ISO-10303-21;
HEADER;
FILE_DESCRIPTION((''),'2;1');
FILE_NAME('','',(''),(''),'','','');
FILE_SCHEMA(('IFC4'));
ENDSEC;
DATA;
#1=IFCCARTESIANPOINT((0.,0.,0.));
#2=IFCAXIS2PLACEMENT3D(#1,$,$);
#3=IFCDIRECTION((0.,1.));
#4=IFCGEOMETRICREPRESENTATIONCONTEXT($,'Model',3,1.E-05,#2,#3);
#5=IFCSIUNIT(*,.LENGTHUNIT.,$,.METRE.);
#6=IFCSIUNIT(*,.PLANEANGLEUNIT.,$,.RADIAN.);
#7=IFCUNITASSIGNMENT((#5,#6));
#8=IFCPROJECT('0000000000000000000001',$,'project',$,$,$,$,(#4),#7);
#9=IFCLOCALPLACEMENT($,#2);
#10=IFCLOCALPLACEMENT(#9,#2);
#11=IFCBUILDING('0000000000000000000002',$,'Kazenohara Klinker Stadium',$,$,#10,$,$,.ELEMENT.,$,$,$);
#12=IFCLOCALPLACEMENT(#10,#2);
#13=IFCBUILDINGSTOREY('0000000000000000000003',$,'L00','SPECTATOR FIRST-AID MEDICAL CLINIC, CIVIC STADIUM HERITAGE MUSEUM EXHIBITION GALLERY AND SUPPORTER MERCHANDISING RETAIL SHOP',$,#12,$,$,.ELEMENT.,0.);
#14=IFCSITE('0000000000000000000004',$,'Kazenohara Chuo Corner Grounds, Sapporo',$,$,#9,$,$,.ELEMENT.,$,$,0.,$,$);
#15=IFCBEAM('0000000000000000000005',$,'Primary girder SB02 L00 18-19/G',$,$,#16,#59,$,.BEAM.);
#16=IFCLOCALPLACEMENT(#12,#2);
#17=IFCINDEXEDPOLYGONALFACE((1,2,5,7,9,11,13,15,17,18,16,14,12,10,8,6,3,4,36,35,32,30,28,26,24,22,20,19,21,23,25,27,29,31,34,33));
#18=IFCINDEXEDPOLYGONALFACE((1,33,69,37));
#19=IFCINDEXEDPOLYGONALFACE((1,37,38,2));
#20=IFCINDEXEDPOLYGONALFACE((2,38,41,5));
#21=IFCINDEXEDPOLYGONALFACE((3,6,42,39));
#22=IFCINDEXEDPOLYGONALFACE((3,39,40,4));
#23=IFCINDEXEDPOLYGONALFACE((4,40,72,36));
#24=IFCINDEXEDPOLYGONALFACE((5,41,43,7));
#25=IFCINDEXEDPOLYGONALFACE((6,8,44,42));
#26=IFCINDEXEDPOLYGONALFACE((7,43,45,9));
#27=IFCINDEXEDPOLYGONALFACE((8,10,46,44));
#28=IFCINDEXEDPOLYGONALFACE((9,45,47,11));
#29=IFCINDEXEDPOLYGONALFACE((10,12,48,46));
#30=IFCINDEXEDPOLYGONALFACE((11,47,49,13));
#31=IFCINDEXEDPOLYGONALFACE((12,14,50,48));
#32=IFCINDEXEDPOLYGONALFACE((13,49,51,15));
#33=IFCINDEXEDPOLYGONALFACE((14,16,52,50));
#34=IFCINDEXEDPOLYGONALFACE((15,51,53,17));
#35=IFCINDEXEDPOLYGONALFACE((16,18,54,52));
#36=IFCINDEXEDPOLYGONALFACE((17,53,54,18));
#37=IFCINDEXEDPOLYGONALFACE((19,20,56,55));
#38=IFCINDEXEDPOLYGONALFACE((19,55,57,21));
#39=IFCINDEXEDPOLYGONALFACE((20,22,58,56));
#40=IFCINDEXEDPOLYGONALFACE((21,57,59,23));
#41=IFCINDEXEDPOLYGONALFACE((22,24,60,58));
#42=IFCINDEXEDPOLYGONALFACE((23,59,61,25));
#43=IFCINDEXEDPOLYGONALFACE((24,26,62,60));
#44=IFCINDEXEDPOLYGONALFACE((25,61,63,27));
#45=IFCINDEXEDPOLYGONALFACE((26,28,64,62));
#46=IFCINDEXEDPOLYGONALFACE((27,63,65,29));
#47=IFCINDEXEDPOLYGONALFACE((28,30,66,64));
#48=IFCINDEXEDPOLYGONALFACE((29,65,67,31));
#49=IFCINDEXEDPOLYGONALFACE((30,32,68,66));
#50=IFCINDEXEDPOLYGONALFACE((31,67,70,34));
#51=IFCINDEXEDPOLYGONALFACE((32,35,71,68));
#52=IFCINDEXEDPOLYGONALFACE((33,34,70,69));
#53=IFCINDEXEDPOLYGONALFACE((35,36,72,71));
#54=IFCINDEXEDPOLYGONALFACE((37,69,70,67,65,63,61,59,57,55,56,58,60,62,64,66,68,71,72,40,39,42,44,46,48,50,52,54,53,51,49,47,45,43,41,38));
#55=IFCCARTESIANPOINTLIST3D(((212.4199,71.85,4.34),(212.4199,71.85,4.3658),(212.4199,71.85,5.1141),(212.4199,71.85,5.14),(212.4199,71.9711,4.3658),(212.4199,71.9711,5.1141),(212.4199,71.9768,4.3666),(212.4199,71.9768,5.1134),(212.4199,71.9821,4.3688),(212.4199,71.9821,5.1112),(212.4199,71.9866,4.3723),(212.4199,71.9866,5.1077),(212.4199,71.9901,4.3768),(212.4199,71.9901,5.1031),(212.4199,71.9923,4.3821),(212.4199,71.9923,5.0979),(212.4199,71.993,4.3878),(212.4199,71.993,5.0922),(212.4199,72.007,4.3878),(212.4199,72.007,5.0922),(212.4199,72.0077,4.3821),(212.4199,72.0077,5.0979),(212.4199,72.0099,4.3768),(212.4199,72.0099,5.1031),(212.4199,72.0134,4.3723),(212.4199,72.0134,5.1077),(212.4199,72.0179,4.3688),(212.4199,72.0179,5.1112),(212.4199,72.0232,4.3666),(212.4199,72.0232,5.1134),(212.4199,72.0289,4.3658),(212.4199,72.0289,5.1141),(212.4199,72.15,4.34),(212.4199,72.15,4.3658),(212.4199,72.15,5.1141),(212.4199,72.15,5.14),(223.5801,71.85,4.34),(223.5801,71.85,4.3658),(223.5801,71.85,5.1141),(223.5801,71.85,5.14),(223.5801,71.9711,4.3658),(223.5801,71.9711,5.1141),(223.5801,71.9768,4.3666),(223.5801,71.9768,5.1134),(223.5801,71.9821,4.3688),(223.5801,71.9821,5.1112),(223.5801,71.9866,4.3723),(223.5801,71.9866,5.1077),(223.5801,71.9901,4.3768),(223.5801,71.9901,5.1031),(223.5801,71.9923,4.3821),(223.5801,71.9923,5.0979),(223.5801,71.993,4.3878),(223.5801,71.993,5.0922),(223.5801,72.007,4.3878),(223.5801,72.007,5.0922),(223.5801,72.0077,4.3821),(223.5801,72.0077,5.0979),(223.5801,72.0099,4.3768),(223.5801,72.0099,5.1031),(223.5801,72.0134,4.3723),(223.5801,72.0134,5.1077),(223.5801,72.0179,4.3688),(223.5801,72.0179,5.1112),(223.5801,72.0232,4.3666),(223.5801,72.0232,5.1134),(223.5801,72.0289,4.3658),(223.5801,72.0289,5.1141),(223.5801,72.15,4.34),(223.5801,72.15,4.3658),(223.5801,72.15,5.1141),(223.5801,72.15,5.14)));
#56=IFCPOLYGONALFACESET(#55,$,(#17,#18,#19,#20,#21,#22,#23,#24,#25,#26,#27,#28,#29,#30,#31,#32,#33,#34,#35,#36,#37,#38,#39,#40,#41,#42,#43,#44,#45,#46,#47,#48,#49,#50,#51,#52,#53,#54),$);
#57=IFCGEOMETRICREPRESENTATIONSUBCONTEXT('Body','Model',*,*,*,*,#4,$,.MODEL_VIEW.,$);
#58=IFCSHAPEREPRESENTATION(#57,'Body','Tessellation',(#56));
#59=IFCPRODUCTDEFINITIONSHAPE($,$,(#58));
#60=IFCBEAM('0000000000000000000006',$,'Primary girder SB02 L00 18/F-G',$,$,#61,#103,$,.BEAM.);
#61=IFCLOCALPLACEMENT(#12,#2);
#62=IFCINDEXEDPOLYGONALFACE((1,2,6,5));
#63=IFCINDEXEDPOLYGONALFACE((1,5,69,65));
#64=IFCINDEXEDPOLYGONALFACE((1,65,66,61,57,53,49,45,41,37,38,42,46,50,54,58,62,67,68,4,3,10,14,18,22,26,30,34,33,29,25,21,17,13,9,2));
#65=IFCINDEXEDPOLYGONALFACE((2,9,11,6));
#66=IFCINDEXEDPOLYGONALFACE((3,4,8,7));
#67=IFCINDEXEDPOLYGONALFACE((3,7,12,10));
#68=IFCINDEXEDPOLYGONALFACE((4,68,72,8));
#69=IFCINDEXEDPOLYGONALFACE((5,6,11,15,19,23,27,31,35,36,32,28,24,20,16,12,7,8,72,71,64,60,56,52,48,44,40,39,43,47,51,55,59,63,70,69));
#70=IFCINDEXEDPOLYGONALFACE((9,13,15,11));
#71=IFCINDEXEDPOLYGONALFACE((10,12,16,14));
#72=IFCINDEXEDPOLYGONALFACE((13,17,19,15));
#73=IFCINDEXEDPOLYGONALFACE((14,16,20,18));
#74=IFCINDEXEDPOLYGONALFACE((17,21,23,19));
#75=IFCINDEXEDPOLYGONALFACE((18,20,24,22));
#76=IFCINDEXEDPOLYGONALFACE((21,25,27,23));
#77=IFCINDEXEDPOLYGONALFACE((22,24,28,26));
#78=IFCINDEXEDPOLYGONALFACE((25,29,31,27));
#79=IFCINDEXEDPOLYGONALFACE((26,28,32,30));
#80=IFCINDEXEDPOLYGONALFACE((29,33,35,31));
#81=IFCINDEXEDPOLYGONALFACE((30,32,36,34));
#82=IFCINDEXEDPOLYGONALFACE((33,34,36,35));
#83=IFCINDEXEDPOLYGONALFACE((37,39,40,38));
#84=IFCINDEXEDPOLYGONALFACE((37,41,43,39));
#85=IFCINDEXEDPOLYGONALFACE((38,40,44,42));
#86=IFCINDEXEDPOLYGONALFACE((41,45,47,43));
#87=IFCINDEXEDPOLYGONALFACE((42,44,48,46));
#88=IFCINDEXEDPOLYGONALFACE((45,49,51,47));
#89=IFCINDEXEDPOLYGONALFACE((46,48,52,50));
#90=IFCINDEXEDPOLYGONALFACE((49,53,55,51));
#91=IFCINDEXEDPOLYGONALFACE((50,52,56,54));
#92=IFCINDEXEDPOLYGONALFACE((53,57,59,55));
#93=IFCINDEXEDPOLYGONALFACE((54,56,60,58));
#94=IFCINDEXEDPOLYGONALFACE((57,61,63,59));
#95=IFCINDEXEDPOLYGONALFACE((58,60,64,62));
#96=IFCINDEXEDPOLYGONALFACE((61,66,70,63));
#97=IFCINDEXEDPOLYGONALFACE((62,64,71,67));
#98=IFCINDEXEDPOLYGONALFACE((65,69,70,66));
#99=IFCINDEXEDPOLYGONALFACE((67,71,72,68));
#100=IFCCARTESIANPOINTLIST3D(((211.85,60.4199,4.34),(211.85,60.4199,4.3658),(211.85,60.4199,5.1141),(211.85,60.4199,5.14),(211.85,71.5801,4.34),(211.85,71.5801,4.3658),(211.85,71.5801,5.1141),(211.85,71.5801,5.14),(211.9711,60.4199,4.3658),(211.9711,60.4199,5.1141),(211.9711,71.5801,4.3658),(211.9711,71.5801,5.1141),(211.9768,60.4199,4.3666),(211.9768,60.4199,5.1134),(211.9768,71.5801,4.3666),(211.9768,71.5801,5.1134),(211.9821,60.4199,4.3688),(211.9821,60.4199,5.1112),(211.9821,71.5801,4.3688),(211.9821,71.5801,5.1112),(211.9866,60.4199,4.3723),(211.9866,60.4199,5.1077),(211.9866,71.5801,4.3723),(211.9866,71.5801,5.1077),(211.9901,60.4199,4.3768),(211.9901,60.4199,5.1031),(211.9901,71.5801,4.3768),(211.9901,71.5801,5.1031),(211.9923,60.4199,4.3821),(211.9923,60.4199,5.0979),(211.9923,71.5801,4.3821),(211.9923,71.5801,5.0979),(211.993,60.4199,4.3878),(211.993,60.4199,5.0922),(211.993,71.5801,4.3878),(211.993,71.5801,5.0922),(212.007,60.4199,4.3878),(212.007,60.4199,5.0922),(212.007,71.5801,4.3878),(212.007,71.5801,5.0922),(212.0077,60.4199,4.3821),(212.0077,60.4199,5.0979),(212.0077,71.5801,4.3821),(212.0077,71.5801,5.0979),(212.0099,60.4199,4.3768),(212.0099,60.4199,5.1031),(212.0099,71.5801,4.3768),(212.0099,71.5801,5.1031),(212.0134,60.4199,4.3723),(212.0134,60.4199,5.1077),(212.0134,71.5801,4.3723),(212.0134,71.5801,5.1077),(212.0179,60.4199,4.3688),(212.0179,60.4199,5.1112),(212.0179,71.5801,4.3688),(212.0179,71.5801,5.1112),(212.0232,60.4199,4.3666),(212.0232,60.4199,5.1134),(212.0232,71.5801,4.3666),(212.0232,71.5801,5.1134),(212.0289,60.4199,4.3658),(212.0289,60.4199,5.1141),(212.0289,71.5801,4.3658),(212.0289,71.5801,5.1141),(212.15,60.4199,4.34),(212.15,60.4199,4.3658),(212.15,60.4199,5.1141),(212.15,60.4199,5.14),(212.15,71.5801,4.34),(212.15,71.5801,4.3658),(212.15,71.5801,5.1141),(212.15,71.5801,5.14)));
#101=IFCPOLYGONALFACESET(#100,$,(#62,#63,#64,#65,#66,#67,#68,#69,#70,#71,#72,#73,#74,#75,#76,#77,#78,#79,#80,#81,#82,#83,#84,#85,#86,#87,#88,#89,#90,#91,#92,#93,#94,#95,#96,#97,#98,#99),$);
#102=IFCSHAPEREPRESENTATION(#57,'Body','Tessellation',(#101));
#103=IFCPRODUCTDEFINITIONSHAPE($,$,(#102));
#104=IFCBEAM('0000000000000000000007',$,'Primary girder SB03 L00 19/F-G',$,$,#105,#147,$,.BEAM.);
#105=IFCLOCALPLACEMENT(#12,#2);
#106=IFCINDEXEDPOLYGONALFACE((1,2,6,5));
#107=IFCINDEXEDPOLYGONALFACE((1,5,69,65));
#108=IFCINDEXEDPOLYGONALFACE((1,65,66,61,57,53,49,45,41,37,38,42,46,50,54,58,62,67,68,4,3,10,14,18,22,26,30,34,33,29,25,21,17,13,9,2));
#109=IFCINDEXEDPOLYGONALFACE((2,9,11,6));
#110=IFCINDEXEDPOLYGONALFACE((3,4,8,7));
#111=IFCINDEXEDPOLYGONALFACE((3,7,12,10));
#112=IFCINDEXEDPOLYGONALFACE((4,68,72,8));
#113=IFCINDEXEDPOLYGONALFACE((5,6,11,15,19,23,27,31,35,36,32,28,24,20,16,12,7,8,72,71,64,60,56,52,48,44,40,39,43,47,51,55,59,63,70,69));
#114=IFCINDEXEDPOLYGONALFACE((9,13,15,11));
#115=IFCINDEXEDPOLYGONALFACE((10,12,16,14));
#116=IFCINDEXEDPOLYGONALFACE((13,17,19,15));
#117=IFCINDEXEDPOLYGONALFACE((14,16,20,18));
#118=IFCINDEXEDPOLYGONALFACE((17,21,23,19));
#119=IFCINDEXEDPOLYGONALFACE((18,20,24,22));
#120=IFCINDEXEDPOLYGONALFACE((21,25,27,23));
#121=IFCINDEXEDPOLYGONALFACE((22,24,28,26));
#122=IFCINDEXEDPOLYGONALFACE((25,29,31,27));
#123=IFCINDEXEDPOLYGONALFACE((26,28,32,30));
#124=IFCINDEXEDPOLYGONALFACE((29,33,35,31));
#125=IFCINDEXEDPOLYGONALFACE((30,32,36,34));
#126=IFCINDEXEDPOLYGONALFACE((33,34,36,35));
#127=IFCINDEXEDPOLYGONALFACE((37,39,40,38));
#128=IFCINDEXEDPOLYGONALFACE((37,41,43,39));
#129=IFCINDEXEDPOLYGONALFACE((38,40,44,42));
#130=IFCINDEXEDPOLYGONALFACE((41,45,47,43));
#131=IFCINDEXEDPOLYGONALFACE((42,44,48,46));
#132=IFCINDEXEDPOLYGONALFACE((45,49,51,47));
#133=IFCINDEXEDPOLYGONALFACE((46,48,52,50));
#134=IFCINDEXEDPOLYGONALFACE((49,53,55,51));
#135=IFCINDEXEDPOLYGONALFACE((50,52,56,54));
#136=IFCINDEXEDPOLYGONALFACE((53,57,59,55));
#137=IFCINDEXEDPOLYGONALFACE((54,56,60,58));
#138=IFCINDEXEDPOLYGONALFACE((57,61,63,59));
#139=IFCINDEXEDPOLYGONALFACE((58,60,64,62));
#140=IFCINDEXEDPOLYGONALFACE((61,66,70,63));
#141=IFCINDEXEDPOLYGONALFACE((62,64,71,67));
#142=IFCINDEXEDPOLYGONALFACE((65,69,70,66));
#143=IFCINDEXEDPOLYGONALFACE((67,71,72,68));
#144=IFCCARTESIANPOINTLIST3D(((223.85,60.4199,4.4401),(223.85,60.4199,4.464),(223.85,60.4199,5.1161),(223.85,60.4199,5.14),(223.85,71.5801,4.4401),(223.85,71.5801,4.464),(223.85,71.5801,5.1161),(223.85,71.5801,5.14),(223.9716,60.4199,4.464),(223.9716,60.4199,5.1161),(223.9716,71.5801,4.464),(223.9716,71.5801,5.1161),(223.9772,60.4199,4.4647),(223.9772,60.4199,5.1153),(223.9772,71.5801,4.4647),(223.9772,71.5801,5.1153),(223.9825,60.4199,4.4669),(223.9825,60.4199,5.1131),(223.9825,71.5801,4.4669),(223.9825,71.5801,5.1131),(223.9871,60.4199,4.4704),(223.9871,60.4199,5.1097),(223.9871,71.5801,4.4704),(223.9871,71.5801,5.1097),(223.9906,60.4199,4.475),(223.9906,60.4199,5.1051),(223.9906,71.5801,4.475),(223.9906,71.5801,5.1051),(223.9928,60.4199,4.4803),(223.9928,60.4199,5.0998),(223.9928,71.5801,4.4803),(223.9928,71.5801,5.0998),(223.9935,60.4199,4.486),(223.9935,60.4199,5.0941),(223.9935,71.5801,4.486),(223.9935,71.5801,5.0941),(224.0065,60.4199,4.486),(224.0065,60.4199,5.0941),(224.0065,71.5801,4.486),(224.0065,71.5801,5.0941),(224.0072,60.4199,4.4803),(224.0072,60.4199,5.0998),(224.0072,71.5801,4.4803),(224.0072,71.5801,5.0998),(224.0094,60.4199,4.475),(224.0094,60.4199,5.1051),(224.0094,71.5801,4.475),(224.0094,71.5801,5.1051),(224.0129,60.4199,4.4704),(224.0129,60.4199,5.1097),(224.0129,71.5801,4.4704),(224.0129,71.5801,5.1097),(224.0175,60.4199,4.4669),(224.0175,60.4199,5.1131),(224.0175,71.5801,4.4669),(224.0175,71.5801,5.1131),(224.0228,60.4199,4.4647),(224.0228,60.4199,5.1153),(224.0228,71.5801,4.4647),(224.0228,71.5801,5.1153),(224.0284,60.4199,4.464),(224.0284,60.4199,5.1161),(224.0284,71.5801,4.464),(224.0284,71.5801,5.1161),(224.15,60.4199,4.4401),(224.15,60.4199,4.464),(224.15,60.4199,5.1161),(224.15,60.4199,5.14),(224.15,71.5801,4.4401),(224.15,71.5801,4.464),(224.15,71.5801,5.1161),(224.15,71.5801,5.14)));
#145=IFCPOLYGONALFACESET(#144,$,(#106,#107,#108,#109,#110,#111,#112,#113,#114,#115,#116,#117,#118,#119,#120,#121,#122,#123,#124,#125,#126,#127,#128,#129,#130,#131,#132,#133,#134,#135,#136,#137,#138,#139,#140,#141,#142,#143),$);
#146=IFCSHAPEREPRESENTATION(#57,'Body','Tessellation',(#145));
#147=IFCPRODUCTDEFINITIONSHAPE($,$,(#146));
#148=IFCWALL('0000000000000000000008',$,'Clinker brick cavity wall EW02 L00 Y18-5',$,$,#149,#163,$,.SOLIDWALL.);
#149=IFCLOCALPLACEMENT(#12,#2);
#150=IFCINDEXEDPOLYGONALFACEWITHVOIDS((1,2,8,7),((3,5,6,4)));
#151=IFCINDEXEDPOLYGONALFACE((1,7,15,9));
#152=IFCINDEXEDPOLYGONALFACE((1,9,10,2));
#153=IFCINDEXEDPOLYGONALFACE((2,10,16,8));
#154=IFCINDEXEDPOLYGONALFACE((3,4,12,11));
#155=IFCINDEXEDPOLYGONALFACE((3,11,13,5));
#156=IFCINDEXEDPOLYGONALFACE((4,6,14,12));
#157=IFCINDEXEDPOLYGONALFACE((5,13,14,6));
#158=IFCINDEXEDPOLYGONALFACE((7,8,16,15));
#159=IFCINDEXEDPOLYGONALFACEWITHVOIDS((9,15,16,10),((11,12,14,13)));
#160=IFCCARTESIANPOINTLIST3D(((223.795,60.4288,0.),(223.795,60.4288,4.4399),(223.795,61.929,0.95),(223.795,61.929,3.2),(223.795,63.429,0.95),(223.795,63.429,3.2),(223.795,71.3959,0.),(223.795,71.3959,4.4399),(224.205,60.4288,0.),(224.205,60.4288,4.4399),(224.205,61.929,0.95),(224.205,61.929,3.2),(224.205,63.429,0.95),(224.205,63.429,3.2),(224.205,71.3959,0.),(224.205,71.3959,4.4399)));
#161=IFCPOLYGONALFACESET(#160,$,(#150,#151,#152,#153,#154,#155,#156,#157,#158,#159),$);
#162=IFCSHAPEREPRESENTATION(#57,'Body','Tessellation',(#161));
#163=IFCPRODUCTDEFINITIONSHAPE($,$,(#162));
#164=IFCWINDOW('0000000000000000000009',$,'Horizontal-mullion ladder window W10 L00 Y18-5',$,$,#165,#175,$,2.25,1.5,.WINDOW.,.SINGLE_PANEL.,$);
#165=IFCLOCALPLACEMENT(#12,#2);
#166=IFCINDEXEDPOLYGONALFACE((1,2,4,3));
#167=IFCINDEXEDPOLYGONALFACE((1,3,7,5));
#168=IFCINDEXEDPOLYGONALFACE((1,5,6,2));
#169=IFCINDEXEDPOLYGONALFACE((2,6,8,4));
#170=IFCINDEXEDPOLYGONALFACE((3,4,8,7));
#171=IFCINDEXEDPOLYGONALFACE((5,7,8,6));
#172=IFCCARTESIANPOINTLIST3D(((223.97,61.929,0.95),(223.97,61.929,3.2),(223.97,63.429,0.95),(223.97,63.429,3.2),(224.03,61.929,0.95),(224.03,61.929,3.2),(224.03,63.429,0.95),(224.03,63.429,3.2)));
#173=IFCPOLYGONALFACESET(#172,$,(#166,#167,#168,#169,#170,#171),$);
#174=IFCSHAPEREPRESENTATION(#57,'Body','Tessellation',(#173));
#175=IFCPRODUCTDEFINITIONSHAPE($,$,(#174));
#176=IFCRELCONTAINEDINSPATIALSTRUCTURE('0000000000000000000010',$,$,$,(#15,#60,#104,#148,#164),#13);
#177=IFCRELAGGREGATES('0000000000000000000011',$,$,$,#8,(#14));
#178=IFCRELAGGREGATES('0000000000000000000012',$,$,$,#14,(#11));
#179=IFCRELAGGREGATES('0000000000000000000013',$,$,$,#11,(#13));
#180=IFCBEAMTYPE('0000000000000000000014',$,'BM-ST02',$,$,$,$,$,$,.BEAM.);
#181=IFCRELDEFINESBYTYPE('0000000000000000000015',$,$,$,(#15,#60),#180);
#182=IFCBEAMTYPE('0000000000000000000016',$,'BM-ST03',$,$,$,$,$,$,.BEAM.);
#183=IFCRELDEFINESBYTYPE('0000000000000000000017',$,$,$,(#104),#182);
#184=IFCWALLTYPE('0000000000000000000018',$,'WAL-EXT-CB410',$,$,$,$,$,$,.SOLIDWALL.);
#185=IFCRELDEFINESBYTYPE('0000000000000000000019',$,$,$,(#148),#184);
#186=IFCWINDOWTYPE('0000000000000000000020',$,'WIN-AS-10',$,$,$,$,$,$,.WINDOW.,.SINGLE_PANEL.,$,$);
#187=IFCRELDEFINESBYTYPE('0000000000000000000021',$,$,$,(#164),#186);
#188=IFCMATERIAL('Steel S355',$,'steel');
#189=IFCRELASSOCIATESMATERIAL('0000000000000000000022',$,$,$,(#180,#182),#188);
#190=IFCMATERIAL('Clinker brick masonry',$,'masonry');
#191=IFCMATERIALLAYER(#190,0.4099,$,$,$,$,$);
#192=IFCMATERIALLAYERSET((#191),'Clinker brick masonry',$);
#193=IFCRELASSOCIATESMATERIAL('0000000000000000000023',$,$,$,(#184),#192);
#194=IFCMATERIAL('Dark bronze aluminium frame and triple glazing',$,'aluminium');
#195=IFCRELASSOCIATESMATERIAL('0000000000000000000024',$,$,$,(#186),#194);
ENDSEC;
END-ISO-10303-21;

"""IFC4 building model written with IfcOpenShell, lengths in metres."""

from ifc_helpers import new_model, si_unit, direction, frame, frame_2d, origin, origin_2d, place, context, subcontext, project, spatial, rectangle, i_section, extrude, material, layer, layer_set, material_profile, profile_set, type_object, element, fill, save


model = new_model("IFC4")

# Units and contexts
model_context = context("Model", 3, precision=1e-05, world=origin(), true_north=direction((0.0, 1.0)))
body_context = subcontext(model_context, "Body", "Model", "MODEL_VIEW")
ifc_project = project(units=[si_unit("LENGTHUNIT", "METRE"), si_unit("PLANEANGLEUNIT", "RADIAN")], contexts=[model_context])

# Site, building, storey
site_placement = place(None, origin())
site = spatial("IfcSite", under=ifc_project, at=site_placement, Name="Kazenohara Chuo Corner Grounds, Sapporo", CompositionType="ELEMENT", RefElevation=0.0)
building_placement = place(site_placement, origin())
building = spatial("IfcBuilding", under=site, at=building_placement, Name="Kazenohara Klinker Stadium", CompositionType="ELEMENT")
storey_placement = place(building_placement, origin())
storey = spatial("IfcBuildingStorey", under=building, at=storey_placement, Name="L00", Description="SPECTATOR FIRST-AID MEDICAL CLINIC, CIVIC STADIUM HERITAGE MUSEUM EXHIBITION GALLERY AND SUPPORTER MERCHANDISING RETAIL SHOP", CompositionType="ELEMENT", Elevation=0.0)

# Beams
ifc_material_1 = material(Name="Steel S355", Category="steel")
ifc_material_profile_1 = material_profile(ifc_material_1, i_section(OverallWidth=0.3, OverallDepth=0.8, WebThickness=0.0139, FlangeThickness=0.0259, FilletRadius=0.022, at=origin_2d()), Name="H-800x300x14x26")
ifc_profile_set_1 = profile_set([ifc_material_profile_1], Name="Steel S355")
beam_type_1 = type_object("IfcBeamType", Name="BM-ST02", PredefinedType="BEAM", material=ifc_profile_set_1)
for number, where, z_axis, x_axis, name in (
    (1, (212.4199, 72.0, 4.74), (1.0, 0.0, 0.0), (0.0, 1.0, 0.0), "Primary girder SB02 L00 18-19/G"),
    (2, (212.0, 60.4199, 4.74), (0.0, 1.0, 0.0), (-1.0, 0.0, 0.0), "Primary girder SB02 L00 18/F-G"),
):
    element("IfcBeam", number, at=place(storey_placement, frame(where, z_axis=z_axis, x_axis=x_axis)), inside=storey, type_object=beam_type_1, Name=name, PredefinedType="BEAM", context=body_context, shape_type="SweptSolid", body=[
        extrude(i_section(OverallWidth=0.3, OverallDepth=0.8, WebThickness=0.0139, FlangeThickness=0.0259, FilletRadius=0.022, at=origin_2d()), origin(), (0.0, 0.0, 1.0), 11.1602),
    ])
ifc_material_profile_2 = material_profile(ifc_material_1, i_section(OverallWidth=0.3, OverallDepth=0.7, WebThickness=0.0129, FlangeThickness=0.0239, FilletRadius=0.022, at=origin_2d()), Name="H-700x300x13x24")
ifc_profile_set_2 = profile_set([ifc_material_profile_2], Name="Steel S355")
beam_type_2 = type_object("IfcBeamType", Name="BM-ST03", PredefinedType="BEAM", material=ifc_profile_set_2)
beam_1_placement = place(storey_placement, frame((224.0, 60.4199, 4.79), z_axis=(0.0, 1.0, 0.0), x_axis=(-1.0, 0.0, 0.0)))
element("IfcBeam", 3, at=beam_1_placement, inside=storey, type_object=beam_type_2, Name="Primary girder SB03 L00 19/F-G", PredefinedType="BEAM", context=body_context, shape_type="SweptSolid", body=[
    extrude(i_section(OverallWidth=0.3, OverallDepth=0.7, WebThickness=0.0129, FlangeThickness=0.0239, FilletRadius=0.022, at=origin_2d()), origin(), (0.0, 0.0, 1.0), 11.1602),
])

# Wall, opening, window
ifc_material_2 = material(Name="Clinker brick masonry", Category="masonry")
ifc_layer_1 = layer(ifc_material_2, 0.4099)
ifc_layer_set_1 = layer_set([ifc_layer_1], Name="Clinker brick masonry")
wall_type_1 = type_object("IfcWallType", Name="WAL-EXT-CB410", PredefinedType="SOLIDWALL", material=ifc_layer_set_1)
wall_1_placement = place(storey_placement, frame((224.0, 60.429, 0.0), z_axis=(0.0, 0.0, 1.0), x_axis=(0.0, 1.0, 0.0)))
wall_1 = element("IfcWall", 4, at=wall_1_placement, inside=storey, type_object=wall_type_1, Name="Clinker brick cavity wall EW02 L00 Y18-5", PredefinedType="SOLIDWALL", context=body_context, shape_type="SweptSolid", body=[
    extrude(rectangle(XDim=10.967, YDim=0.4099, at=frame_2d((5.4834, 0.0))), origin(), (0.0, 0.0, 1.0), 4.4399),
])
opening_1_placement = place(wall_1_placement, frame((1.5, 0.0, 0.95)))
opening_1 = element("IfcOpeningElement", 5, at=opening_1_placement, cuts=wall_1, PredefinedType="OPENING", context=body_context, shape_type="SweptSolid", body=[
    extrude(rectangle(XDim=1.5, YDim=2.25, at=frame_2d((0.75, 1.125))), frame((0.0, 0.2148, 0.0), z_axis=(0.0, -1.0, 0.0), x_axis=(1.0, 0.0, 0.0)), (0.0, 0.0, 1.0), 0.4299),
])
ifc_material_3 = material(Name="Dark bronze aluminium frame and triple glazing", Category="aluminium")
window_type = type_object("IfcWindowType", Name="WIN-AS-10", PartitioningType="SINGLE_PANEL", PredefinedType="WINDOW", material=ifc_material_3)
window_placement = place(opening_1_placement, origin())
window = element("IfcWindow", 6, at=window_placement, inside=storey, type_object=window_type, Name="Horizontal-mullion ladder window W10 L00 Y18-5", OverallHeight=2.25, OverallWidth=1.5, PartitioningType="SINGLE_PANEL", PredefinedType="WINDOW", context=body_context, shape_type="SweptSolid", body=[
    extrude(rectangle(XDim=1.5, YDim=2.25, at=frame_2d((0.75, 1.125))), frame((0.0, 0.03, 0.0), z_axis=(0.0, -1.0, 0.0), x_axis=(1.0, 0.0, 0.0)), (0.0, 0.0, 1.0), 0.0601),
])
fill(opening_1, window)

save(model, "model.ifc")
